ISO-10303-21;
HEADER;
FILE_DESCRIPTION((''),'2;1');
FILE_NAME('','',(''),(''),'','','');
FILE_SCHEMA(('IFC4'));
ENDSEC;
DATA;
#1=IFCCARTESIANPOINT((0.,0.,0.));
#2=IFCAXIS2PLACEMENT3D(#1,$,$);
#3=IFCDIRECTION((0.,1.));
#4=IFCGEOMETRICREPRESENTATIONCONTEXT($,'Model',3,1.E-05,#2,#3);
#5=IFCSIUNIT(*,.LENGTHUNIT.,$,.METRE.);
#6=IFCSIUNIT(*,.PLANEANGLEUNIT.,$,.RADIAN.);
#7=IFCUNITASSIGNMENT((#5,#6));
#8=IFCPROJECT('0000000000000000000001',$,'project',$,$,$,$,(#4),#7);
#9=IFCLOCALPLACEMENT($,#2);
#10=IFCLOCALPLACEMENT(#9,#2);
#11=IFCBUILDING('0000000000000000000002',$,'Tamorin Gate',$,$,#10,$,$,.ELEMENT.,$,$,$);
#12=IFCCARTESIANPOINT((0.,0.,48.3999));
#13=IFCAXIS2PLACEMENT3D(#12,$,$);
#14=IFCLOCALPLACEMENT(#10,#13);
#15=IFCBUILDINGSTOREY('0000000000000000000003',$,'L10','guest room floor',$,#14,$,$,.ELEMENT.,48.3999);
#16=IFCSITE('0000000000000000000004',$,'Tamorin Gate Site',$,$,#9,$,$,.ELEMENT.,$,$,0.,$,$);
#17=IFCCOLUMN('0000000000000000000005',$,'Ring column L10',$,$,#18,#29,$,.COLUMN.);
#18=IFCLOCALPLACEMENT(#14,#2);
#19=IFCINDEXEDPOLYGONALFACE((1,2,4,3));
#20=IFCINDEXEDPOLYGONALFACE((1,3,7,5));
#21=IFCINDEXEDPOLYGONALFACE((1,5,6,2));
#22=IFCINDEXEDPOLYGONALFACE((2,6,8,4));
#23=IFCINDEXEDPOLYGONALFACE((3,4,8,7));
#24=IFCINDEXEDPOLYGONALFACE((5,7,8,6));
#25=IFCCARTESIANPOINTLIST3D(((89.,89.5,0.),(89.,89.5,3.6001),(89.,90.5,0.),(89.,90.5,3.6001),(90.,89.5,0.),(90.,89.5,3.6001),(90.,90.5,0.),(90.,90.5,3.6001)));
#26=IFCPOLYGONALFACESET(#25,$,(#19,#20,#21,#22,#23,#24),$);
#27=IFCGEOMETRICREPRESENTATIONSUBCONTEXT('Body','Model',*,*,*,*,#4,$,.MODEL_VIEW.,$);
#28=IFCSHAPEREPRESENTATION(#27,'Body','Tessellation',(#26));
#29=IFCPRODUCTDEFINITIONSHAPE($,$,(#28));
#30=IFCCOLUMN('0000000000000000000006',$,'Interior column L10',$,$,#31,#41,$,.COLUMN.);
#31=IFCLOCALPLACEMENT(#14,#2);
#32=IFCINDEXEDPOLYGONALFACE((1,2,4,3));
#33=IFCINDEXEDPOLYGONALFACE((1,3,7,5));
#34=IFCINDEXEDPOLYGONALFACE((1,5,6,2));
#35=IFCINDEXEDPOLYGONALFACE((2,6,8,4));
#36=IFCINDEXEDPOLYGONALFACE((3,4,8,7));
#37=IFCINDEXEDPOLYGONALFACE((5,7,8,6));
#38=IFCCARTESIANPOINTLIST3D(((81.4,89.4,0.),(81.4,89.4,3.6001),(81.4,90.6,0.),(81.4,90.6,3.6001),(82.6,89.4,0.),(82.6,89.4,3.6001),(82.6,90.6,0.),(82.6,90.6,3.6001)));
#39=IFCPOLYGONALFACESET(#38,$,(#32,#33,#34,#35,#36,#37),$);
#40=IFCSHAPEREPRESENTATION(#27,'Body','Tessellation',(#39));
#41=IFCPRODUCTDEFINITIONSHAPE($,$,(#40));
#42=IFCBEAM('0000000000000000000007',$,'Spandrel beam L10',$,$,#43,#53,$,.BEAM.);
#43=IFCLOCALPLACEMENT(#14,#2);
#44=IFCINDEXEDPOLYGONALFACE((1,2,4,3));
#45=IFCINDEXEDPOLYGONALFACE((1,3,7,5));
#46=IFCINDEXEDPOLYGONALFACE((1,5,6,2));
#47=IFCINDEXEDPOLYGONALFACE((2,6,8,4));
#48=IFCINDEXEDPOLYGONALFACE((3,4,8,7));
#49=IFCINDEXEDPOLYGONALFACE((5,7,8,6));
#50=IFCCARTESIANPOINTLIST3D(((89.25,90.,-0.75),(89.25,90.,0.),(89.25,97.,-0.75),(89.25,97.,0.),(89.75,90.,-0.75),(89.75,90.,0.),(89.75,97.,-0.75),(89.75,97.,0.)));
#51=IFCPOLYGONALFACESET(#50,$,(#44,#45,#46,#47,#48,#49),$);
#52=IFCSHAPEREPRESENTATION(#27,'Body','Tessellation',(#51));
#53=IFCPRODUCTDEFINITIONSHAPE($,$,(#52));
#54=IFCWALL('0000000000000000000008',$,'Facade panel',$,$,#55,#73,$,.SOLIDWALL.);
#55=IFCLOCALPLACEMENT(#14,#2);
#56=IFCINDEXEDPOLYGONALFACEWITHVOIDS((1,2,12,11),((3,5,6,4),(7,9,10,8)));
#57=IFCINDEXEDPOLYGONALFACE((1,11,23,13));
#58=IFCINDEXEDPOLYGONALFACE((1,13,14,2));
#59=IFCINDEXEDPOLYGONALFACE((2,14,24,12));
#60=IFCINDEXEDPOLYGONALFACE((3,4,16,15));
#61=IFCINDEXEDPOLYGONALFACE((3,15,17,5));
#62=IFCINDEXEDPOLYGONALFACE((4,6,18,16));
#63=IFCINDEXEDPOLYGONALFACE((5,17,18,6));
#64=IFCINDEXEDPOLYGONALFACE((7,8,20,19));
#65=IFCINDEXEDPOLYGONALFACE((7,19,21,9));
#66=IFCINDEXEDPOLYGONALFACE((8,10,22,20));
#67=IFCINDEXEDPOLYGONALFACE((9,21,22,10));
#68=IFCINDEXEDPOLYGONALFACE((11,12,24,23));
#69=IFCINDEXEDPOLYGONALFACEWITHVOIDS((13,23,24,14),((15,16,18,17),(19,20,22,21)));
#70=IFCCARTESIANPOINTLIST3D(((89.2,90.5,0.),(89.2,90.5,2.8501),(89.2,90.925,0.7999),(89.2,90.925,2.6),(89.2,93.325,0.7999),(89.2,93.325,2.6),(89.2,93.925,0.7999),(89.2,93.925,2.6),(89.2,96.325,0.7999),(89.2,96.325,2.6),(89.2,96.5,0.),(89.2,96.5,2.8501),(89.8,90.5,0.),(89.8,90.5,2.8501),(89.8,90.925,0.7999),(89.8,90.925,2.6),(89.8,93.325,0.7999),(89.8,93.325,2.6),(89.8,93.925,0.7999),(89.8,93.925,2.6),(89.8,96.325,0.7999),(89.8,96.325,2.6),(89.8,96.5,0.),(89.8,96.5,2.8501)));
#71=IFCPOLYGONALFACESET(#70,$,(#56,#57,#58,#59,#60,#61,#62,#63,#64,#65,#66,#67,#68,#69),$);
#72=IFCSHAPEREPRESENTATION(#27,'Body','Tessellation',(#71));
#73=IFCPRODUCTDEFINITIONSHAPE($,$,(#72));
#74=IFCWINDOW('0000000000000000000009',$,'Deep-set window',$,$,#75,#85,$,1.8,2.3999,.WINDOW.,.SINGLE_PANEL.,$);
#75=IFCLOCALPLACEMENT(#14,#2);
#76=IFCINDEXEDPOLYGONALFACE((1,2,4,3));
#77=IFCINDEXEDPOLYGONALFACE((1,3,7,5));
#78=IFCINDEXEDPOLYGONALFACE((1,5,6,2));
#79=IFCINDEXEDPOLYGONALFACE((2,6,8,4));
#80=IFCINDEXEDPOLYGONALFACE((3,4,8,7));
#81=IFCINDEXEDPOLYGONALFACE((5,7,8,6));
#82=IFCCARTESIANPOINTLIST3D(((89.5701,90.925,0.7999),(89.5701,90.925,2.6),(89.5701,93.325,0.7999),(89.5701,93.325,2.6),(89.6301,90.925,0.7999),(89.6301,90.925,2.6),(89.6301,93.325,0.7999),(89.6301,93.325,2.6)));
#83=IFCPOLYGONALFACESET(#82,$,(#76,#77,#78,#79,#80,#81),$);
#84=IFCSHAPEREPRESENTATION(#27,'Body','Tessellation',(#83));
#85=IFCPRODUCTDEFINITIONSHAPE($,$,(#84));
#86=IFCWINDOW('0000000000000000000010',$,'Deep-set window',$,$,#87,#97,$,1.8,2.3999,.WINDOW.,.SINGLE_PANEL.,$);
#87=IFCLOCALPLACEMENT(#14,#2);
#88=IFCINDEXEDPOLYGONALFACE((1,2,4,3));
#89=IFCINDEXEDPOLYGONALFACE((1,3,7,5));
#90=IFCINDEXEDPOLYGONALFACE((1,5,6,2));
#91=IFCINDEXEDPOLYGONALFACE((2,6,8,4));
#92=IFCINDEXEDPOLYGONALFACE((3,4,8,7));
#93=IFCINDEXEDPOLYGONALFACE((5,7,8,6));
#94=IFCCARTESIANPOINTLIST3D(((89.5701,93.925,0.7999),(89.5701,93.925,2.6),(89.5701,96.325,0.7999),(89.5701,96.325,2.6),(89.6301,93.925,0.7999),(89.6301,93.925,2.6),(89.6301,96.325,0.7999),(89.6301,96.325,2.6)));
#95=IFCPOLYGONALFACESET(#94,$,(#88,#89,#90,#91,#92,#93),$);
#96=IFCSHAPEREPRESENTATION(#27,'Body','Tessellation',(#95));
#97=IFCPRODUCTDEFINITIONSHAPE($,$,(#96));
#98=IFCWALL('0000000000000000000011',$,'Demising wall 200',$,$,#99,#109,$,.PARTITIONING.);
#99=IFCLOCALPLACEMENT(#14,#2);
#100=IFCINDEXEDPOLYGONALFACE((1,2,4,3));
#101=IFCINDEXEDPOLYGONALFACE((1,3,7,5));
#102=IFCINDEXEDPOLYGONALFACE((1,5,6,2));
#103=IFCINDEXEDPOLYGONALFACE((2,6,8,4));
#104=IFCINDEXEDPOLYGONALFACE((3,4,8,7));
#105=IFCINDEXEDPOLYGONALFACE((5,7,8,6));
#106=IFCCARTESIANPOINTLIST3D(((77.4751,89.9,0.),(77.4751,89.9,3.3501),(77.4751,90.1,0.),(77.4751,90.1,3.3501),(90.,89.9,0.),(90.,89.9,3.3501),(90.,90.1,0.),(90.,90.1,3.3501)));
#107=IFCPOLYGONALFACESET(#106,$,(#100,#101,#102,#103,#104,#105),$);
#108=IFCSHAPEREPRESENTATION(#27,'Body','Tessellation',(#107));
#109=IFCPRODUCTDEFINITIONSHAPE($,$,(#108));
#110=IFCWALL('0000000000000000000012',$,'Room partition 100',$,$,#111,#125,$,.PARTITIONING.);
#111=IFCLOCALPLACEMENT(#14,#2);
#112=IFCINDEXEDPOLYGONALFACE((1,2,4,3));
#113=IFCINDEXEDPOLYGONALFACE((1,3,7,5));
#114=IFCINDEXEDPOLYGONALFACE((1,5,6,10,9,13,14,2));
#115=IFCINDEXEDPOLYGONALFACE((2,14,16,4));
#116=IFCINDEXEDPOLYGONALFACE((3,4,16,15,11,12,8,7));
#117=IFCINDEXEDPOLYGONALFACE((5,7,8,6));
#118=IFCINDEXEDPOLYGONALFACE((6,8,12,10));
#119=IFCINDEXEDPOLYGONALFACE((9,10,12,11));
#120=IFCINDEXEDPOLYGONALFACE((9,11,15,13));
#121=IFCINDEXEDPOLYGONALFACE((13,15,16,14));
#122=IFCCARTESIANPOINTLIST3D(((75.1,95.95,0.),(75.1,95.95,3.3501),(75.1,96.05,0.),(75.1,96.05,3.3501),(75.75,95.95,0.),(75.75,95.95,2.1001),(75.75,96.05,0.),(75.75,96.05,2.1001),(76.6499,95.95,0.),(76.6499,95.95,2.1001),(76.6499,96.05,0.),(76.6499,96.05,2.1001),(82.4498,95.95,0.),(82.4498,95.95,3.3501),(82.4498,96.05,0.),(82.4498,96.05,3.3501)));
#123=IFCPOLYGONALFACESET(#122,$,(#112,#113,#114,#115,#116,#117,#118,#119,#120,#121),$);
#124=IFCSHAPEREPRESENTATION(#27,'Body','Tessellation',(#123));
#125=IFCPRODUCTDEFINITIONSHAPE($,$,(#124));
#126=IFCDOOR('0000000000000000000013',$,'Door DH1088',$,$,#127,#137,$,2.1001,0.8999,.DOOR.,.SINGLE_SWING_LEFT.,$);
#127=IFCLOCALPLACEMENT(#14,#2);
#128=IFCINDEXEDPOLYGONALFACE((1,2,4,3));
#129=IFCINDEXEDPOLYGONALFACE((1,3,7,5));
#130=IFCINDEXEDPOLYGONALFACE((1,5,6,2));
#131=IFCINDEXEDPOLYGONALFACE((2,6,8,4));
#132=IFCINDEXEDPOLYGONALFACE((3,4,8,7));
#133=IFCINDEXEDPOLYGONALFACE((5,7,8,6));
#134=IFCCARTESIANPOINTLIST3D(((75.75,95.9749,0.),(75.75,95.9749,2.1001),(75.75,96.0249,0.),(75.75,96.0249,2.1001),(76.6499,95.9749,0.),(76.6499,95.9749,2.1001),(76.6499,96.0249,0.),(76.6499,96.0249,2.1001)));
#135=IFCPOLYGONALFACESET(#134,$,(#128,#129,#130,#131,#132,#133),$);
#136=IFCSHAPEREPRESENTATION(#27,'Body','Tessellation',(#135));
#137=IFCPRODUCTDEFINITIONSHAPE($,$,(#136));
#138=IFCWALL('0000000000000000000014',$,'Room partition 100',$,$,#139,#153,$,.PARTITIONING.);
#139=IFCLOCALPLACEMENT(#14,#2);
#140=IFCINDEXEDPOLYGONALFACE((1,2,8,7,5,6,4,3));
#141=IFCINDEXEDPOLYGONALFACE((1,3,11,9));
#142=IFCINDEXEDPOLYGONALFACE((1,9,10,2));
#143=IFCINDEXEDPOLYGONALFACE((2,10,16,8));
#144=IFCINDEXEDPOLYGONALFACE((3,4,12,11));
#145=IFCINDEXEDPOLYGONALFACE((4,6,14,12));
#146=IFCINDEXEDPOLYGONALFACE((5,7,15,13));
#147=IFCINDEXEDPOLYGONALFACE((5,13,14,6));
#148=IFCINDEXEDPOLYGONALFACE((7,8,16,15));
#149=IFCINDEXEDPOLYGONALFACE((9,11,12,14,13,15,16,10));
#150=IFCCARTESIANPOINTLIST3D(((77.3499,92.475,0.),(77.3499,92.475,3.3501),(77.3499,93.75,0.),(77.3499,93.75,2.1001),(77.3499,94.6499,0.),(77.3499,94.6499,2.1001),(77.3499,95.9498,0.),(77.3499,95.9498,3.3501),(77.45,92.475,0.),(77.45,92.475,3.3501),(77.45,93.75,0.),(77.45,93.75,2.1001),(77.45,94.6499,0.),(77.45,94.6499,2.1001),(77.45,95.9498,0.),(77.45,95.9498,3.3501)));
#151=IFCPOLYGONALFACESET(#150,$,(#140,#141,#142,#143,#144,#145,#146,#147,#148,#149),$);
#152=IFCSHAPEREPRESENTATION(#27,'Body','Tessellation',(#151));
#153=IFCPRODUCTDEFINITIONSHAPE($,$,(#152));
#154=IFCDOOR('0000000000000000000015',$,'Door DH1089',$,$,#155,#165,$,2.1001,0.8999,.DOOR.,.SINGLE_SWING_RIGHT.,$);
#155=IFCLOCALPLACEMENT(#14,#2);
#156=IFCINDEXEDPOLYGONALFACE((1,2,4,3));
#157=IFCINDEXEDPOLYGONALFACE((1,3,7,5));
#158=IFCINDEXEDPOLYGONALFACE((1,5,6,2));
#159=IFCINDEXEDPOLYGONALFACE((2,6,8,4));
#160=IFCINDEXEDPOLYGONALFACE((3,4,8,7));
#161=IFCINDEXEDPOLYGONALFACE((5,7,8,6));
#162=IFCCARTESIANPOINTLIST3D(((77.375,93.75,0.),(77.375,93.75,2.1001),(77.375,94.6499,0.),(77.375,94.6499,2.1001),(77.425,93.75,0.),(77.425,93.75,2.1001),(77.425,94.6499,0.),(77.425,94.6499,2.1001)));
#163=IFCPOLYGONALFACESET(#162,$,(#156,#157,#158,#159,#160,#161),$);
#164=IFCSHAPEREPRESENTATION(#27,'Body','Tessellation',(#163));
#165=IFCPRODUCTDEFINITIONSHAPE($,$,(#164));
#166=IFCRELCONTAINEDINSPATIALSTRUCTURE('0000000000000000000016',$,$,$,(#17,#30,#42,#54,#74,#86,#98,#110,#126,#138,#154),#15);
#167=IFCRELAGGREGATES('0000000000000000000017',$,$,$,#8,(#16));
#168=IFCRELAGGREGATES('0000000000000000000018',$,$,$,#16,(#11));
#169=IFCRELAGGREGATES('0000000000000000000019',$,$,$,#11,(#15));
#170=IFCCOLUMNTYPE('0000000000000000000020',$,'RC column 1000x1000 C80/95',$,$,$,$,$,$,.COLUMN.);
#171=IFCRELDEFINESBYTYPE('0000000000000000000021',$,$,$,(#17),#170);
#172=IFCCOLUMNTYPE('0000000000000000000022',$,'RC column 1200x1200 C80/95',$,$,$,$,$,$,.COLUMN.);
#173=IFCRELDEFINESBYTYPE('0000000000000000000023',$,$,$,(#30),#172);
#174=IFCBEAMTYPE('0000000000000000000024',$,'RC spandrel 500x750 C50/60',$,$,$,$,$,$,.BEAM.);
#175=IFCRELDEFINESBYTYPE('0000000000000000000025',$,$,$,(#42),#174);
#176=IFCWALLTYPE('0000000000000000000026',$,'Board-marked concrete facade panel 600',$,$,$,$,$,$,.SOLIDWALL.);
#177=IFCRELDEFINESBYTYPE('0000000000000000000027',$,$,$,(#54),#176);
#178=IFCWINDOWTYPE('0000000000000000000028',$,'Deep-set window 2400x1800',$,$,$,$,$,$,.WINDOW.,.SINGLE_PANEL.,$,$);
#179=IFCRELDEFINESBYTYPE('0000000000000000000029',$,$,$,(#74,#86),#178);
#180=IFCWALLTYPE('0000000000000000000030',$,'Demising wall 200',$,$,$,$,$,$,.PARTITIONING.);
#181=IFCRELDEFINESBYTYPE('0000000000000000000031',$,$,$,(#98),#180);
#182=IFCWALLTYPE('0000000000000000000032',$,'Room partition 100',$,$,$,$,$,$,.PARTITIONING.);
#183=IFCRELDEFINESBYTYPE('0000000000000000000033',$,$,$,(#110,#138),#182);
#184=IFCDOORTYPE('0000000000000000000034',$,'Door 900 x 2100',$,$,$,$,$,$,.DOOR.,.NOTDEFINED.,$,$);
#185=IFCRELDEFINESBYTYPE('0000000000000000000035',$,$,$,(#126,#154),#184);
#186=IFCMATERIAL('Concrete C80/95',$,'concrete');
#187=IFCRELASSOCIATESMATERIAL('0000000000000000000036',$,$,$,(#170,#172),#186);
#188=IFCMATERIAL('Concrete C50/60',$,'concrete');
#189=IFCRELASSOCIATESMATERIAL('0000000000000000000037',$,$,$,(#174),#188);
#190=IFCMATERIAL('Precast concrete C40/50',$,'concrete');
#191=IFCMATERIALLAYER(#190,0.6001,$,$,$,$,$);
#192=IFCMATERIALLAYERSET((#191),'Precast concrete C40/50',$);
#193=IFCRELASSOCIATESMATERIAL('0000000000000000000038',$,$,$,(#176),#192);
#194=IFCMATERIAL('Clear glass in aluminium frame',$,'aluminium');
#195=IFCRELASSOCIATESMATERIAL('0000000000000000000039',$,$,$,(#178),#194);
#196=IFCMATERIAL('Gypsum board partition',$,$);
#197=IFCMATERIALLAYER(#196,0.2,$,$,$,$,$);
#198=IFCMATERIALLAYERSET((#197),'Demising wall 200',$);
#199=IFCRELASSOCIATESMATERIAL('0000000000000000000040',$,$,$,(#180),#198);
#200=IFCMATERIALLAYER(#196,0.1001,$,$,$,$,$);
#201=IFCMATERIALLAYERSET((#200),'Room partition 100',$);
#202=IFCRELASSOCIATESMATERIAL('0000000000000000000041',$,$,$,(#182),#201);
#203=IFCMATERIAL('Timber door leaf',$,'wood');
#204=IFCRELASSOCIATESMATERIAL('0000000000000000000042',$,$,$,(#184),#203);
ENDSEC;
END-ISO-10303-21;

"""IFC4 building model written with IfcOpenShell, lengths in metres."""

from ifc_helpers import new_model, si_unit, direction, frame, frame_2d, origin, origin_2d, place, context, subcontext, project, spatial, rectangle, extrude, material, layer, layer_set, material_profile, profile_set, type_object, element, fill, save


model = new_model("IFC4")

# Units and contexts
model_context = context("Model", 3, precision=1e-05, world=origin(), true_north=direction((0.0, 1.0)))
body_context = subcontext(model_context, "Body", "Model", "MODEL_VIEW")
ifc_project = project(units=[si_unit("LENGTHUNIT", "METRE"), si_unit("PLANEANGLEUNIT", "RADIAN")], contexts=[model_context])

# Site, building, storey
site_placement = place(None, origin())
site = spatial("IfcSite", under=ifc_project, at=site_placement, Name="Tamorin Gate Site", CompositionType="ELEMENT", RefElevation=0.0)
building_placement = place(site_placement, origin())
building = spatial("IfcBuilding", under=site, at=building_placement, Name="Tamorin Gate", CompositionType="ELEMENT")
storey_placement = place(building_placement, frame((0.0, 0.0, 48.3999)))
storey = spatial("IfcBuildingStorey", under=building, at=storey_placement, Name="L10", Description="guest room floor", CompositionType="ELEMENT", Elevation=48.3999)

# Columns
ifc_material_1 = material(Name="Concrete C80/95", Category="concrete")
ifc_material_profile_1 = material_profile(ifc_material_1, rectangle(XDim=1.0, YDim=1.0, at=origin_2d()), Name="RC 1000x1000")
ifc_profile_set_1 = profile_set([ifc_material_profile_1], Name="Concrete C80/95")
column_type_1 = type_object("IfcColumnType", Name="RC column 1000x1000 C80/95", PredefinedType="COLUMN", material=ifc_profile_set_1)
column_1_placement = place(storey_placement, frame((89.5, 90.0, 0.0), z_axis=(0.0, 0.0, 1.0), x_axis=(1.0, 0.0, 0.0)))
element("IfcColumn", 1, at=column_1_placement, inside=storey, type_object=column_type_1, Name="Ring column L10", PredefinedType="COLUMN", context=body_context, shape_type="SweptSolid", body=[
    extrude(rectangle(XDim=1.0, YDim=1.0, at=origin_2d()), origin(), (0.0, 0.0, 1.0), 3.6001),
])
ifc_material_profile_2 = material_profile(ifc_material_1, rectangle(XDim=1.2, YDim=1.2, at=origin_2d()), Name="RC 1200x1200")
ifc_profile_set_2 = profile_set([ifc_material_profile_2], Name="Concrete C80/95")
column_type_2 = type_object("IfcColumnType", Name="RC column 1200x1200 C80/95", PredefinedType="COLUMN", material=ifc_profile_set_2)
column_2_placement = place(storey_placement, frame((82.0, 90.0, 0.0), z_axis=(0.0, 0.0, 1.0), x_axis=(1.0, 0.0, 0.0)))
element("IfcColumn", 2, at=column_2_placement, inside=storey, type_object=column_type_2, Name="Interior column L10", PredefinedType="COLUMN", context=body_context, shape_type="SweptSolid", body=[
    extrude(rectangle(XDim=1.2, YDim=1.2, at=origin_2d()), origin(), (0.0, 0.0, 1.0), 3.6001),
])

# Beam
ifc_material_2 = material(Name="Concrete C50/60", Category="concrete")
ifc_material_profile_3 = material_profile(ifc_material_2, rectangle(XDim=0.5, YDim=0.75, at=origin_2d()), Name="RC 500x750")
ifc_profile_set_3 = profile_set([ifc_material_profile_3], Name="Concrete C50/60")
beam_type = type_object("IfcBeamType", Name="RC spandrel 500x750 C50/60", PredefinedType="BEAM", material=ifc_profile_set_3)
beam_placement = place(storey_placement, frame((89.5, 90.0, -0.375), z_axis=(0.0, 1.0, 0.0), x_axis=(-1.0, 0.0, 0.0)))
element("IfcBeam", 3, at=beam_placement, inside=storey, type_object=beam_type, Name="Spandrel beam L10", PredefinedType="BEAM", context=body_context, shape_type="SweptSolid", body=[
    extrude(rectangle(XDim=0.5, YDim=0.75, at=origin_2d()), origin(), (0.0, 0.0, 1.0), 7.0),
])

# Wall, openings, windows
ifc_material_3 = material(Name="Precast concrete C40/50", Category="concrete")
ifc_layer_1 = layer(ifc_material_3, 0.6001)
ifc_layer_set_1 = layer_set([ifc_layer_1], Name="Precast concrete C40/50")
wall_type_1 = type_object("IfcWallType", Name="Board-marked concrete facade panel 600", PredefinedType="SOLIDWALL", material=ifc_layer_set_1)
wall_1_placement = place(storey_placement, frame((89.5, 90.5, 0.0), z_axis=(0.0, 0.0, 1.0), x_axis=(0.0, 1.0, 0.0)))
wall_1 = element("IfcWall", 4, at=wall_1_placement, inside=storey, type_object=wall_type_1, Name="Facade panel", PredefinedType="SOLIDWALL", context=body_context, shape_type="SweptSolid", body=[
    extrude(rectangle(XDim=6.0, YDim=0.6001, at=frame_2d((3.0, 0.0))), origin(), (0.0, 0.0, 1.0), 2.8501),
])
opening_1_placement = place(wall_1_placement, frame((0.425, 0.0, 0.8)))
opening_1 = element("IfcOpeningElement", 5, at=opening_1_placement, cuts=wall_1, PredefinedType="OPENING", context=body_context, shape_type="SweptSolid", body=[
    extrude(rectangle(XDim=2.3999, YDim=1.8, at=frame_2d((1.2, 0.8999))), frame((0.0, 0.3101, 0.0), z_axis=(0.0, -1.0, 0.0), x_axis=(1.0, 0.0, 0.0)), (0.0, 0.0, 1.0), 0.6201),
])
opening_2_placement = place(wall_1_placement, frame((3.425, 0.0, 0.8)))
opening_2 = element("IfcOpeningElement", 6, at=opening_2_placement, cuts=wall_1, PredefinedType="OPENING", context=body_context, shape_type="SweptSolid", body=[
    extrude(rectangle(XDim=2.3999, YDim=1.8, at=frame_2d((1.2, 0.8999))), frame((0.0, 0.3101, 0.0), z_axis=(0.0, -1.0, 0.0), x_axis=(1.0, 0.0, 0.0)), (0.0, 0.0, 1.0), 0.6201),
])
ifc_material_4 = material(Name="Clear glass in aluminium frame", Category="aluminium")
window_type = type_object("IfcWindowType", Name="Deep-set window 2400x1800", PartitioningType="SINGLE_PANEL", PredefinedType="WINDOW", material=ifc_material_4)
window_1_placement = place(opening_1_placement, origin())
window_1 = element("IfcWindow", 7, at=window_1_placement, inside=storey, type_object=window_type, Name="Deep-set window", OverallHeight=1.8, OverallWidth=2.3999, PartitioningType="SINGLE_PANEL", PredefinedType="WINDOW", context=body_context, shape_type="SweptSolid", body=[
    extrude(rectangle(XDim=2.3999, YDim=1.8, at=frame_2d((1.2, 0.8999))), frame((0.0, -0.0701, 0.0), z_axis=(0.0, -1.0, 0.0), x_axis=(1.0, 0.0, 0.0)), (0.0, 0.0, 1.0), 0.0601),
])
fill(opening_1, window_1)
window_2_placement = place(opening_2_placement, origin())
window_2 = element("IfcWindow", 8, at=window_2_placement, inside=storey, type_object=window_type, Name="Deep-set window", OverallHeight=1.8, OverallWidth=2.3999, PartitioningType="SINGLE_PANEL", PredefinedType="WINDOW", context=body_context, shape_type="SweptSolid", body=[
    extrude(rectangle(XDim=2.3999, YDim=1.8, at=frame_2d((1.2, 0.8999))), frame((0.0, -0.0701, 0.0), z_axis=(0.0, -1.0, 0.0), x_axis=(1.0, 0.0, 0.0)), (0.0, 0.0, 1.0), 0.0601),
])
fill(opening_2, window_2)

# Wall
ifc_material_5 = material(Name="Gypsum board partition")
ifc_layer_2 = layer(ifc_material_5, 0.2)
ifc_layer_set_2 = layer_set([ifc_layer_2], Name="Demising wall 200")
wall_type_2 = type_object("IfcWallType", Name="Demising wall 200", PredefinedType="PARTITIONING", material=ifc_layer_set_2)
wall_2_placement = place(storey_placement, frame((77.4751, 90.0, 0.0), z_axis=(0.0, 0.0, 1.0), x_axis=(1.0, 0.0, 0.0)))
element("IfcWall", 9, at=wall_2_placement, inside=storey, type_object=wall_type_2, Name="Demising wall 200", PredefinedType="PARTITIONING", context=body_context, shape_type="SweptSolid", body=[
    extrude(rectangle(XDim=12.5249, YDim=0.2, at=frame_2d((6.2625, 0.0))), origin(), (0.0, 0.0, 1.0), 3.3501),
])

# Walls, openings, doors
ifc_layer_3 = layer(ifc_material_5, 0.1001)
ifc_layer_set_3 = layer_set([ifc_layer_3], Name="Room partition 100")
wall_type_3 = type_object("IfcWallType", Name="Room partition 100", PredefinedType="PARTITIONING", material=ifc_layer_set_3)
wall_3_placement = place(storey_placement, frame((75.1001, 96.0, 0.0), z_axis=(0.0, 0.0, 1.0), x_axis=(1.0, 0.0, 0.0)))
wall_3 = element("IfcWall", 10, at=wall_3_placement, inside=storey, type_object=wall_type_3, Name="Room partition 100", PredefinedType="PARTITIONING", context=body_context, shape_type="SweptSolid", body=[
    extrude(rectangle(XDim=7.3499, YDim=0.1001, at=frame_2d((3.6748, 0.0))), origin(), (0.0, 0.0, 1.0), 3.3501),
])
opening_3_placement = place(wall_3_placement, frame((0.6499, 0.0, 0.0)))
opening_3 = element("IfcOpeningElement", 11, at=opening_3_placement, cuts=wall_3, PredefinedType="OPENING", context=body_context, shape_type="SweptSolid", body=[
    extrude(rectangle(XDim=0.8999, YDim=2.1001, at=frame_2d((0.45, 1.05))), frame((0.0, 0.0601, 0.0), z_axis=(0.0, -1.0, 0.0), x_axis=(1.0, 0.0, 0.0)), (0.0, 0.0, 1.0), 0.1201),
])
ifc_material_6 = material(Name="Timber door leaf", Category="wood")
door_type = type_object("IfcDoorType", Name="Door 900 x 2100", OperationType="NOTDEFINED", PredefinedType="DOOR", material=ifc_material_6)
door_1_placement = place(opening_3_placement, origin())
door_1 = element("IfcDoor", 12, at=door_1_placement, inside=storey, type_object=door_type, Name="Door DH1088", OperationType="SINGLE_SWING_LEFT", OverallHeight=2.1001, OverallWidth=0.8999, PredefinedType="DOOR", context=body_context, shape_type="SweptSolid", body=[
    extrude(rectangle(XDim=0.8999, YDim=2.1001, at=frame_2d((0.45, 1.05))), frame((0.0, 0.0249, 0.0), z_axis=(0.0, -1.0, 0.0), x_axis=(1.0, 0.0, 0.0)), (0.0, 0.0, 1.0), 0.05),
])
fill(opening_3, door_1)
wall_4_placement = place(storey_placement, frame((77.3999, 92.4751, 0.0), z_axis=(0.0, 0.0, 1.0), x_axis=(0.0, 1.0, 0.0)))
wall_4 = element("IfcWall", 13, at=wall_4_placement, inside=storey, type_object=wall_type_3, Name="Room partition 100", PredefinedType="PARTITIONING", context=body_context, shape_type="SweptSolid", body=[
    extrude(rectangle(XDim=3.4749, YDim=0.1001, at=frame_2d((1.7373, 0.0))), origin(), (0.0, 0.0, 1.0), 3.3501),
])
opening_4_placement = place(wall_4_placement, frame((1.2749, 0.0, 0.0)))
opening_4 = element("IfcOpeningElement", 14, at=opening_4_placement, cuts=wall_4, PredefinedType="OPENING", context=body_context, shape_type="SweptSolid", body=[
    extrude(rectangle(XDim=0.8999, YDim=2.1001, at=frame_2d((0.45, 1.05))), frame((0.0, 0.0601, 0.0), z_axis=(0.0, -1.0, 0.0), x_axis=(1.0, 0.0, 0.0)), (0.0, 0.0, 1.0), 0.1201),
])
door_2_placement = place(opening_4_placement, origin())
door_2 = element("IfcDoor", 15, at=door_2_placement, inside=storey, type_object=door_type, Name="Door DH1089", OperationType="SINGLE_SWING_RIGHT", OverallHeight=2.1001, OverallWidth=0.8999, PredefinedType="DOOR", context=body_context, shape_type="SweptSolid", body=[
    extrude(rectangle(XDim=0.8999, YDim=2.1001, at=frame_2d((0.45, 1.05))), frame((0.0, 0.0249, 0.0), z_axis=(0.0, -1.0, 0.0), x_axis=(1.0, 0.0, 0.0)), (0.0, 0.0, 1.0), 0.05),
])
fill(opening_4, door_2)

save(model, "model.ifc")
